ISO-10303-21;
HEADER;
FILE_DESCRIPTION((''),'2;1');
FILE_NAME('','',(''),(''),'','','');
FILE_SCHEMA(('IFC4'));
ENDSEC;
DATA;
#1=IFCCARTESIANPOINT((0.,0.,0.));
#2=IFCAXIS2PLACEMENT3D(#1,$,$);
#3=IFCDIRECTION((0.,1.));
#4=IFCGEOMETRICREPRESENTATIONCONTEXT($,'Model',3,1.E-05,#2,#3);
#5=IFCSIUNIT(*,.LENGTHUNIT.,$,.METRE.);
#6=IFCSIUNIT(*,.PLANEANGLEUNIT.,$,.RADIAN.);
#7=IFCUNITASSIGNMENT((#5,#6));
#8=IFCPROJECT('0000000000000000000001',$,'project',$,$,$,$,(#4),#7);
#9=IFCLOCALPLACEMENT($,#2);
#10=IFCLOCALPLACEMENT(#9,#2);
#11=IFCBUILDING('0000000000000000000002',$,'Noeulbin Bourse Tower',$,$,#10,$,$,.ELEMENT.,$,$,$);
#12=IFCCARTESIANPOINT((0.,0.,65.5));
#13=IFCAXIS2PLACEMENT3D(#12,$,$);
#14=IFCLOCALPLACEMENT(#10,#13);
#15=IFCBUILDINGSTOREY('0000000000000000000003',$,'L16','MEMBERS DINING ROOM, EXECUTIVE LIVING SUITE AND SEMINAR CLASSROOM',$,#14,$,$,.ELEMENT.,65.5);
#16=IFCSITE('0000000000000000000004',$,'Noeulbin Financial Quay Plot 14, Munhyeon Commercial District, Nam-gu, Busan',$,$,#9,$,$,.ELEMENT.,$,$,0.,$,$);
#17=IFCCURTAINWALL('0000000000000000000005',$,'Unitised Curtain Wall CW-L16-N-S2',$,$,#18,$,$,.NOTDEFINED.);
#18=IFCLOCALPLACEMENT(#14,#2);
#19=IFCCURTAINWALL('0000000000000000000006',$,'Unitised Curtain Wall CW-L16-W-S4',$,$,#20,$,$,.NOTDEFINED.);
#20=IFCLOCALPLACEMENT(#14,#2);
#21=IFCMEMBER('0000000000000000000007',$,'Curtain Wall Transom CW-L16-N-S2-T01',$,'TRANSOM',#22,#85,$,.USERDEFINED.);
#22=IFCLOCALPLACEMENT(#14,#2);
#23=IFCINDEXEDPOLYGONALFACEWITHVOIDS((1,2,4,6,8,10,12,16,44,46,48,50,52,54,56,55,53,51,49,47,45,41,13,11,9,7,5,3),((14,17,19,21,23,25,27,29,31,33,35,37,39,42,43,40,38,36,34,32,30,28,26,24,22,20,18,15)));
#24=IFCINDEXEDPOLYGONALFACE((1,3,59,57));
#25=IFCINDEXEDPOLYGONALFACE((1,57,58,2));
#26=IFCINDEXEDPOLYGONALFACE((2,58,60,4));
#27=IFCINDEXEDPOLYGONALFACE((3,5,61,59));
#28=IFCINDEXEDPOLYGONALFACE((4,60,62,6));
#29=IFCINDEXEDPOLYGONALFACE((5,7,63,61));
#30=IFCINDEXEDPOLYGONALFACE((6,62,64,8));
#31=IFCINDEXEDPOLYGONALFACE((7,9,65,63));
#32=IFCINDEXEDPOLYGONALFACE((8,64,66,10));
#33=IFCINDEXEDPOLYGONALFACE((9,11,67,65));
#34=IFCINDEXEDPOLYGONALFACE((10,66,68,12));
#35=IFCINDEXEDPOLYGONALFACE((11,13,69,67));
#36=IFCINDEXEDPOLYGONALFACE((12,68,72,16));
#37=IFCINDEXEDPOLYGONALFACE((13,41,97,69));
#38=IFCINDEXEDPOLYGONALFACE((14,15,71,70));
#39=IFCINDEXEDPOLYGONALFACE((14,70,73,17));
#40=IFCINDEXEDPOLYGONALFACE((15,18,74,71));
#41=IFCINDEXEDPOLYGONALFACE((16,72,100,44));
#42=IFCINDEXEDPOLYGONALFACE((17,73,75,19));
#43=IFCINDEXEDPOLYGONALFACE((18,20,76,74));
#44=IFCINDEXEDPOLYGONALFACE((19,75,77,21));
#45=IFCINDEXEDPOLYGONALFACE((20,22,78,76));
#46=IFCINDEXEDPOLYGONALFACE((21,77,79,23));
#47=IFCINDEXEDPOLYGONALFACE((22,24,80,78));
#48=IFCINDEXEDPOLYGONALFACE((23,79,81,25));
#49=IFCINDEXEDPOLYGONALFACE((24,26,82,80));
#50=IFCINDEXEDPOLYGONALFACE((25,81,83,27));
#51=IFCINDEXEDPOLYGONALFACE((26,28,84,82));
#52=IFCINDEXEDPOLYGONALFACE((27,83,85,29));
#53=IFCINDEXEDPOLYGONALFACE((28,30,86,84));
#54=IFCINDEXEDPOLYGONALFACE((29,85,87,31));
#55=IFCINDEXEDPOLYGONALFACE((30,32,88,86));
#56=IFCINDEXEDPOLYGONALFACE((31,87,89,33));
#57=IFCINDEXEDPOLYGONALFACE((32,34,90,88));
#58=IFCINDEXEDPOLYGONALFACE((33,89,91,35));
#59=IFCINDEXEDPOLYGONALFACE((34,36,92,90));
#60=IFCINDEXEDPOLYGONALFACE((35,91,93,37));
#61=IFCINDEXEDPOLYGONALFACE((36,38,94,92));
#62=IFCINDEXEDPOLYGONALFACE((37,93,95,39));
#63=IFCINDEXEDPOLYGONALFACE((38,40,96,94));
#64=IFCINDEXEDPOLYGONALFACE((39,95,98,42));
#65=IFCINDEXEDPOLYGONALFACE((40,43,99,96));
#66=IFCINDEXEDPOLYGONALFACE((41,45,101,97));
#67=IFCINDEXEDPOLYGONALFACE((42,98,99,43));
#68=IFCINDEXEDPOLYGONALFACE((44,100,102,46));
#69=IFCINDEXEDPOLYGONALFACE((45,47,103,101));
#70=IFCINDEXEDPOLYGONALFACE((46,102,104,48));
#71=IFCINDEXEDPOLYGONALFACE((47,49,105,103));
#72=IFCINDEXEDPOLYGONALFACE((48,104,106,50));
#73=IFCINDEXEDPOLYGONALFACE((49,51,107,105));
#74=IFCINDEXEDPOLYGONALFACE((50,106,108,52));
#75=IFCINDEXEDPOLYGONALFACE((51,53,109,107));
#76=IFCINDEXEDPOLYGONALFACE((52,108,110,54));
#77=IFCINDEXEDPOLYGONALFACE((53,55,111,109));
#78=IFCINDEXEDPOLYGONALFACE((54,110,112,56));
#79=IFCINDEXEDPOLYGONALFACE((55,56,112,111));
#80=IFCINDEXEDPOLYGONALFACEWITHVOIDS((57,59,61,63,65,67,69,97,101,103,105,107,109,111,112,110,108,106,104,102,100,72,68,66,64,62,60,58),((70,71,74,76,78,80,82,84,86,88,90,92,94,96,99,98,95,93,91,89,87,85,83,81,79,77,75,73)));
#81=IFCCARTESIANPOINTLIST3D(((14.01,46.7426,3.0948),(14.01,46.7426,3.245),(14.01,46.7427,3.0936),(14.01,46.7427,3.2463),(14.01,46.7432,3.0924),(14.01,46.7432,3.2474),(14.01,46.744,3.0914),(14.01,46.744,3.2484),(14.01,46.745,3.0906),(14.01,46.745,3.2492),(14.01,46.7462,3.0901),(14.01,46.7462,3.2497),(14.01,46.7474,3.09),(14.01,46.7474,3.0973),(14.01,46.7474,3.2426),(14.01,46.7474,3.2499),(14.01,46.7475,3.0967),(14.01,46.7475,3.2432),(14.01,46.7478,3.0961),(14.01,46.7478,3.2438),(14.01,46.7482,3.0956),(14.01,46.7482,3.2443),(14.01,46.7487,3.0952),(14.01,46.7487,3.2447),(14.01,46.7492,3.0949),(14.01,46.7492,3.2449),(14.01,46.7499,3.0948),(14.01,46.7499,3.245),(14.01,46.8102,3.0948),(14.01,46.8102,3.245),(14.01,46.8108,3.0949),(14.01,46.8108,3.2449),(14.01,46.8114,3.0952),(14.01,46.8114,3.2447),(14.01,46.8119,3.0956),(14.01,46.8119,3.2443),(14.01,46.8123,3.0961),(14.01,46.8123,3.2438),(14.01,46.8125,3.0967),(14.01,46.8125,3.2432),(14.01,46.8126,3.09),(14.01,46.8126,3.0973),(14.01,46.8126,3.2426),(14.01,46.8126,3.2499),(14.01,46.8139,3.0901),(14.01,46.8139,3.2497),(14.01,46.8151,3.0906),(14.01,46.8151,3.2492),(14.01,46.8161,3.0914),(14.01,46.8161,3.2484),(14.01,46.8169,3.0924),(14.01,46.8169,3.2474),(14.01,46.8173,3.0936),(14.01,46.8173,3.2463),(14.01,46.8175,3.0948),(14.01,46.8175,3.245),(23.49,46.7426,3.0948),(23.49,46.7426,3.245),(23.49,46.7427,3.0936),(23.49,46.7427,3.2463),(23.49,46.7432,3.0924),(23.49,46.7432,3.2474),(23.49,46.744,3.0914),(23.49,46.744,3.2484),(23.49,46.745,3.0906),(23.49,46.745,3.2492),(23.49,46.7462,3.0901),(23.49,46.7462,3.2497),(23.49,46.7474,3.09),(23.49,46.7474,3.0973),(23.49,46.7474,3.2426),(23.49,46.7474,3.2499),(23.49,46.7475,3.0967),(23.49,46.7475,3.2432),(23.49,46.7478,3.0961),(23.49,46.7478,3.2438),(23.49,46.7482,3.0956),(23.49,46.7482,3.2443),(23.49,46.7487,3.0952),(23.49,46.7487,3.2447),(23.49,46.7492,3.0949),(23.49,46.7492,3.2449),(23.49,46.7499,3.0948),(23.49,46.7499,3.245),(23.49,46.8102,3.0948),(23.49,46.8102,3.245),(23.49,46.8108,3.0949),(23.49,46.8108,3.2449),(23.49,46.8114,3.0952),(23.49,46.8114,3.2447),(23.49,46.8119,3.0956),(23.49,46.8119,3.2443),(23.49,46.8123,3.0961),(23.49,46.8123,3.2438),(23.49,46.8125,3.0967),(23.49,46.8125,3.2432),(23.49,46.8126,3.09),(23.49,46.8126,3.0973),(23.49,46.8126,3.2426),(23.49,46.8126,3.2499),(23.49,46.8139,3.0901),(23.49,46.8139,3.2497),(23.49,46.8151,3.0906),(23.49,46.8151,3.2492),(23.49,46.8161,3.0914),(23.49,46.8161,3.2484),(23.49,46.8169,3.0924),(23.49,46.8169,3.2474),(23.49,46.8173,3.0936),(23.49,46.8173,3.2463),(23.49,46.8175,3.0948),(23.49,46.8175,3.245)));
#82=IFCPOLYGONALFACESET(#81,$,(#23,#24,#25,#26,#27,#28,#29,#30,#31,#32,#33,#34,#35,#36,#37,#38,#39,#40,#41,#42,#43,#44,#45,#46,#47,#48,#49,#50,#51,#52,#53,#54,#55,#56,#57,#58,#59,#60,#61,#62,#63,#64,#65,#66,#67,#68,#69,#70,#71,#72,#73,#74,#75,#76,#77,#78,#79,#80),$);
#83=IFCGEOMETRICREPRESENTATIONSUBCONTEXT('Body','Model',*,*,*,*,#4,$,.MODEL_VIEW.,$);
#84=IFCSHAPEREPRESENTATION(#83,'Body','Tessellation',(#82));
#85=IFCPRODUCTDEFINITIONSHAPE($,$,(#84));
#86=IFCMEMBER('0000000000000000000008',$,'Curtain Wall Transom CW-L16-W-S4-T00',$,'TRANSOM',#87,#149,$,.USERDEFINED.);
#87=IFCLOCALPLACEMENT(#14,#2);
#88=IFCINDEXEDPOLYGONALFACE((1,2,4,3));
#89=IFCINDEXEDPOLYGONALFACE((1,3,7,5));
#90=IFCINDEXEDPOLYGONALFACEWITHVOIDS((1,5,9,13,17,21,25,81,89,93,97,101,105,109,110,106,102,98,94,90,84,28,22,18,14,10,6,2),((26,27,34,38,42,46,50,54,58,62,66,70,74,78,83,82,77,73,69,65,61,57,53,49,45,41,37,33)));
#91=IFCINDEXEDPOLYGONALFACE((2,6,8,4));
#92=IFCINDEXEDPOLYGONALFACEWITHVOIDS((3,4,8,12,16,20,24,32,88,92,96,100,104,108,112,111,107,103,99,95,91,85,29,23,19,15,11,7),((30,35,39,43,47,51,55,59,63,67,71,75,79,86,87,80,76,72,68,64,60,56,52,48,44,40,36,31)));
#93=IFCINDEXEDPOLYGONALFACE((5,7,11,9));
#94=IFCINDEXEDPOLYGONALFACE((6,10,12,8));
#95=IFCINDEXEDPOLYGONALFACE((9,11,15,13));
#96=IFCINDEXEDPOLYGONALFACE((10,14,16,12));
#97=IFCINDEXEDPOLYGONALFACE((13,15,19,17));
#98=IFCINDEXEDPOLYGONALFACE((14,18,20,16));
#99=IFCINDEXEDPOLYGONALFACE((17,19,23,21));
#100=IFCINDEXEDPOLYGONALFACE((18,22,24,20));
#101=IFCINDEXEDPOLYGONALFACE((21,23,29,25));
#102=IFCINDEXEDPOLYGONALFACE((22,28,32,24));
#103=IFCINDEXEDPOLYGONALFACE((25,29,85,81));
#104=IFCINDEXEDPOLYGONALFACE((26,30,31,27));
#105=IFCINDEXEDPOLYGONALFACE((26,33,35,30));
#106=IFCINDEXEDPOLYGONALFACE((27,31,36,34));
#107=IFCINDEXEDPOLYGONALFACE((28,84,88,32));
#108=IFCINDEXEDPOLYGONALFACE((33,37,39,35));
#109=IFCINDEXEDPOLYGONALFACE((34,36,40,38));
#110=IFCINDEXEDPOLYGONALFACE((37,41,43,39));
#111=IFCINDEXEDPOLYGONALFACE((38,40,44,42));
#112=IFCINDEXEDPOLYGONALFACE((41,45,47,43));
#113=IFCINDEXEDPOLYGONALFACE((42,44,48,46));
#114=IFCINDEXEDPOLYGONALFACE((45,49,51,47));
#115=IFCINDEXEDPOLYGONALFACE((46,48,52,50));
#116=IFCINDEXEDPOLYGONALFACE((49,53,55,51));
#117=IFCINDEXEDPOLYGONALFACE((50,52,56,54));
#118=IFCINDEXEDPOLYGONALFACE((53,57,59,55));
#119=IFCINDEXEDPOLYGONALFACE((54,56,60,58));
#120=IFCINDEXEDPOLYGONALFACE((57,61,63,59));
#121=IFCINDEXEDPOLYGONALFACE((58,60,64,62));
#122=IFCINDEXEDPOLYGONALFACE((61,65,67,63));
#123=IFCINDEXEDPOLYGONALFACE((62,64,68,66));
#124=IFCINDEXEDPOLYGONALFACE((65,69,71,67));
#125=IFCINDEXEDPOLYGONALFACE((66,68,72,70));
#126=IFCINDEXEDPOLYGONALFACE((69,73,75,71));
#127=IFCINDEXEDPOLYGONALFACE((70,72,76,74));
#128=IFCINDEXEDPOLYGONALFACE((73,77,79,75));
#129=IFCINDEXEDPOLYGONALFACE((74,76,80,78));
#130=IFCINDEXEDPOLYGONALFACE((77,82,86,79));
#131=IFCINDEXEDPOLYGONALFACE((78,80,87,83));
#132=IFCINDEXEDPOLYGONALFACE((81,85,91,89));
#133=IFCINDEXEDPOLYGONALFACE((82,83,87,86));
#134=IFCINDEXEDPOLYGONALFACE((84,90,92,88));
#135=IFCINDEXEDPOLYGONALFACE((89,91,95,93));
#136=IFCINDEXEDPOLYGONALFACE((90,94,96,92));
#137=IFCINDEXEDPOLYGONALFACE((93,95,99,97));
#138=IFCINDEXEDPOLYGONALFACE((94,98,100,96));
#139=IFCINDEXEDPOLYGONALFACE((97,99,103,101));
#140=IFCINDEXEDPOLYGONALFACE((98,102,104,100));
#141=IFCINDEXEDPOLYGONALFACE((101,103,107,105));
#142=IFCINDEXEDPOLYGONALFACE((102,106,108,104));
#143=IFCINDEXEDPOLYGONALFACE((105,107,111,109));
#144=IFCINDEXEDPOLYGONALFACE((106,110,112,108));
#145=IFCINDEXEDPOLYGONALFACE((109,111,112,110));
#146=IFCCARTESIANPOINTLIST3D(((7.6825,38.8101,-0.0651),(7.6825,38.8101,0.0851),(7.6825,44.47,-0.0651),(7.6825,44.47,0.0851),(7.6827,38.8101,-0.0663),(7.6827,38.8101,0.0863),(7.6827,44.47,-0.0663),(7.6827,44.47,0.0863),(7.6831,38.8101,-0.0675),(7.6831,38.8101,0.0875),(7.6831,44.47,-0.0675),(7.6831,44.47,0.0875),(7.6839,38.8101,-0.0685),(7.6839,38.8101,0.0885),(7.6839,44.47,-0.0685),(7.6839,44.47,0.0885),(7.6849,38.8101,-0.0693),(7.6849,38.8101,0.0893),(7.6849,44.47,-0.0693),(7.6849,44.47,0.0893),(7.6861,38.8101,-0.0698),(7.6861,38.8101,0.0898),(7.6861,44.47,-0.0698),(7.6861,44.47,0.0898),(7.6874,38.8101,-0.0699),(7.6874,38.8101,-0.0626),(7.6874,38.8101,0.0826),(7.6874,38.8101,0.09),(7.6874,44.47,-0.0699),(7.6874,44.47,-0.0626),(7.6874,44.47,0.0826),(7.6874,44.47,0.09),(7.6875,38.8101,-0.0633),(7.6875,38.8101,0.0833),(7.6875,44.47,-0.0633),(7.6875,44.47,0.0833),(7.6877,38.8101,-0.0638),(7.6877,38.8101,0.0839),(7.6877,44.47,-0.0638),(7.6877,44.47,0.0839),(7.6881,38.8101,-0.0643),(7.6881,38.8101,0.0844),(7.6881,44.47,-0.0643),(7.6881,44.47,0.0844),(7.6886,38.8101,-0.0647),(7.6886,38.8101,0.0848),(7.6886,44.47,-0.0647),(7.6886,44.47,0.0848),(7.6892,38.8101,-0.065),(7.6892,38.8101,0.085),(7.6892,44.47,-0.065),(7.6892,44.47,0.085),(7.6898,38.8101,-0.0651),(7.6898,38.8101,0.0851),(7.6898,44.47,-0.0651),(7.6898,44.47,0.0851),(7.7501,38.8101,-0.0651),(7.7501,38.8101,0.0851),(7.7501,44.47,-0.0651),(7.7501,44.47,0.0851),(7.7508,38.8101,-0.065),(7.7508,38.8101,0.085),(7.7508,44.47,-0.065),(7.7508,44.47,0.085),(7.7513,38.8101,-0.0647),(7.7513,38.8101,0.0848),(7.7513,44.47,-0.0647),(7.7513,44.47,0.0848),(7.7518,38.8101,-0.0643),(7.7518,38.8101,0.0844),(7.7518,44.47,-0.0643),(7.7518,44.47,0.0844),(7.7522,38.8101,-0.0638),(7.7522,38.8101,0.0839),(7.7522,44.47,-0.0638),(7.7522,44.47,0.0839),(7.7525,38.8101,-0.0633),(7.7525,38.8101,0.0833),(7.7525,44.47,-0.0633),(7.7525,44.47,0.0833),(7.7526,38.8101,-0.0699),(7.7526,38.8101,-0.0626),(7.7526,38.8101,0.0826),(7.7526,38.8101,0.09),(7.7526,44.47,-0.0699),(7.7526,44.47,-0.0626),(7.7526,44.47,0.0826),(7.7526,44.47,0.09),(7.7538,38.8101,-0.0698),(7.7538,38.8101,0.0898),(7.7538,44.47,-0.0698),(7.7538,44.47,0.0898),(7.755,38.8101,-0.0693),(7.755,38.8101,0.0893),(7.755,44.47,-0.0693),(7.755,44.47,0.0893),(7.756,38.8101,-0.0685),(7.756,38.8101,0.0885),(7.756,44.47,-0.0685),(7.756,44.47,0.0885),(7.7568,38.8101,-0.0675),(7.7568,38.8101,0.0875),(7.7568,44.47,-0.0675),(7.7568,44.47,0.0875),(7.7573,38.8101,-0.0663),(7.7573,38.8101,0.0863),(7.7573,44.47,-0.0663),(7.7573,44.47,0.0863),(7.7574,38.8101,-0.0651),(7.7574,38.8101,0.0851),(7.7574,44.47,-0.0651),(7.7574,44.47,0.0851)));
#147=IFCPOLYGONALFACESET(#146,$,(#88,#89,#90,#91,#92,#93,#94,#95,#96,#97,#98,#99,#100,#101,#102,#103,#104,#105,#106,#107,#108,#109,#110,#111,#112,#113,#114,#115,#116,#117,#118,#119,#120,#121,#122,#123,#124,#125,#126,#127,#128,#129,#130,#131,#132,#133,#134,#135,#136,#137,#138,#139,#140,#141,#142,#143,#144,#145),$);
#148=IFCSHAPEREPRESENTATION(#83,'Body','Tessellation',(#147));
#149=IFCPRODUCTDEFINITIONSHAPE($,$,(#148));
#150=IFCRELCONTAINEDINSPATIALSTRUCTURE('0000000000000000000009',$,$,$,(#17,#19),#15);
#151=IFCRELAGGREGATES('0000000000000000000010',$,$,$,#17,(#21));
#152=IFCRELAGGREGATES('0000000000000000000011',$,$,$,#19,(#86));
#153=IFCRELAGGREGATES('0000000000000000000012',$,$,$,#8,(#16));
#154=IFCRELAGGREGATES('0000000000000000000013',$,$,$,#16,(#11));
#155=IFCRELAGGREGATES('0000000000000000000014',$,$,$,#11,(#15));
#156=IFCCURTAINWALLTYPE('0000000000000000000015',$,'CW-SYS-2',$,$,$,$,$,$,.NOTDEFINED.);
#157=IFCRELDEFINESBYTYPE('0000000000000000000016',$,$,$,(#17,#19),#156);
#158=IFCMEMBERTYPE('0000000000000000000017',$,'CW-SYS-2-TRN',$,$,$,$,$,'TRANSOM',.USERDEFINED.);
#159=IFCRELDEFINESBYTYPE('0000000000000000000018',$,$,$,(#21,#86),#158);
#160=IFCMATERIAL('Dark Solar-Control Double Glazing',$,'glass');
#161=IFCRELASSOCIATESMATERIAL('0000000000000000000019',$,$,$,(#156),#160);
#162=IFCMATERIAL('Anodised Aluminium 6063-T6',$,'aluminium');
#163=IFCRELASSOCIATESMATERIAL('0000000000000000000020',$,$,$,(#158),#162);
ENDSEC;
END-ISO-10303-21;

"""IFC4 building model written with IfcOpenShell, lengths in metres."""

from ifc_helpers import new_model, si_unit, direction, frame, origin, origin_2d, place, context, subcontext, project, spatial, hollow_rectangle, extrude, material, material_profile, profile_set, type_object, element, aggregate, save


model = new_model("IFC4")

# Units and contexts
model_context = context("Model", 3, precision=1e-05, world=origin(), true_north=direction((0.0, 1.0)))
body_context = subcontext(model_context, "Body", "Model", "MODEL_VIEW")
ifc_project = project(units=[si_unit("LENGTHUNIT", "METRE"), si_unit("PLANEANGLEUNIT", "RADIAN")], contexts=[model_context])

# Site, building, storey
site_placement = place(None, origin())
site = spatial("IfcSite", under=ifc_project, at=site_placement, Name="Noeulbin Financial Quay Plot 14, Munhyeon Commercial District, Nam-gu, Busan", CompositionType="ELEMENT", RefElevation=0.0)
building_placement = place(site_placement, origin())
building = spatial("IfcBuilding", under=site, at=building_placement, Name="Noeulbin Bourse Tower", CompositionType="ELEMENT")
storey_placement = place(building_placement, frame((0.0, 0.0, 65.5)))
storey = spatial("IfcBuildingStorey", under=building, at=storey_placement, Name="L16", Description="MEMBERS DINING ROOM, EXECUTIVE LIVING SUITE AND SEMINAR CLASSROOM", CompositionType="ELEMENT", Elevation=65.5)

# Shared definitions
ifc_material_1 = material(Name="Dark Solar-Control Double Glazing", Category="glass")
curtain_wall_type = type_object("IfcCurtainWallType", Name="CW-SYS-2", PredefinedType="NOTDEFINED", material=ifc_material_1)
ifc_material_2 = material(Name="Anodised Aluminium 6063-T6", Category="aluminium")

# Curtain wall
curtain_wall_1_placement = place(storey_placement, origin())
curtain_wall_1 = element("IfcCurtainWall", 1, at=curtain_wall_1_placement, inside=storey, type_object=curtain_wall_type, Name="Unitised Curtain Wall CW-L16-N-S2", PredefinedType="NOTDEFINED")

# Curtain wall
curtain_wall_2_placement = place(storey_placement, origin())
curtain_wall_2 = element("IfcCurtainWall", 2, at=curtain_wall_2_placement, inside=storey, type_object=curtain_wall_type, Name="Unitised Curtain Wall CW-L16-W-S4", PredefinedType="NOTDEFINED")

# Members
ifc_material_profile_1 = material_profile(ifc_material_2, hollow_rectangle(XDim=0.075, YDim=0.1599, WallThickness=0.0049, InnerFilletRadius=0.0024, OuterFilletRadius=0.0049, at=origin_2d()), Name="ALU-TRAN-75x160x5", Category="LoadBearing")
ifc_profile_set_1 = profile_set([ifc_material_profile_1], Name="Anodised Aluminium 6063-T6")
member_type_1 = type_object("IfcMemberType", Name="CW-SYS-2-TRN", ElementType="TRANSOM", PredefinedType="USERDEFINED", material=ifc_profile_set_1)
member_1_placement = place(storey_placement, frame((14.01, 46.78, 3.1699), z_axis=(1.0, 0.0, 0.0), x_axis=(0.0, 1.0, 0.0)))
member_1 = element("IfcMember", 3, at=member_1_placement, type_object=member_type_1, Name="Curtain Wall Transom CW-L16-N-S2-T01", ObjectType="TRANSOM", PredefinedType="USERDEFINED", context=body_context, shape_type="SweptSolid", body=[
    extrude(hollow_rectangle(XDim=0.075, YDim=0.1599, WallThickness=0.0049, InnerFilletRadius=0.0024, OuterFilletRadius=0.0049, at=origin_2d()), origin(), (0.0, 0.0, 1.0), 9.48),
])
aggregate(curtain_wall_1, [member_1])
member_2_placement = place(storey_placement, frame((7.72, 38.8101, 0.01), z_axis=(0.0, 1.0, 0.0), x_axis=(-1.0, 0.0, 0.0)))
member_2 = element("IfcMember", 4, at=member_2_placement, type_object=member_type_1, Name="Curtain Wall Transom CW-L16-W-S4-T00", ObjectType="TRANSOM", PredefinedType="USERDEFINED", context=body_context, shape_type="SweptSolid", body=[
    extrude(hollow_rectangle(XDim=0.075, YDim=0.1599, WallThickness=0.0049, InnerFilletRadius=0.0024, OuterFilletRadius=0.0049, at=origin_2d()), origin(), (0.0, 0.0, 1.0), 5.6599),
])

aggregate(curtain_wall_2, [member_2])

save(model, "model.ifc")
